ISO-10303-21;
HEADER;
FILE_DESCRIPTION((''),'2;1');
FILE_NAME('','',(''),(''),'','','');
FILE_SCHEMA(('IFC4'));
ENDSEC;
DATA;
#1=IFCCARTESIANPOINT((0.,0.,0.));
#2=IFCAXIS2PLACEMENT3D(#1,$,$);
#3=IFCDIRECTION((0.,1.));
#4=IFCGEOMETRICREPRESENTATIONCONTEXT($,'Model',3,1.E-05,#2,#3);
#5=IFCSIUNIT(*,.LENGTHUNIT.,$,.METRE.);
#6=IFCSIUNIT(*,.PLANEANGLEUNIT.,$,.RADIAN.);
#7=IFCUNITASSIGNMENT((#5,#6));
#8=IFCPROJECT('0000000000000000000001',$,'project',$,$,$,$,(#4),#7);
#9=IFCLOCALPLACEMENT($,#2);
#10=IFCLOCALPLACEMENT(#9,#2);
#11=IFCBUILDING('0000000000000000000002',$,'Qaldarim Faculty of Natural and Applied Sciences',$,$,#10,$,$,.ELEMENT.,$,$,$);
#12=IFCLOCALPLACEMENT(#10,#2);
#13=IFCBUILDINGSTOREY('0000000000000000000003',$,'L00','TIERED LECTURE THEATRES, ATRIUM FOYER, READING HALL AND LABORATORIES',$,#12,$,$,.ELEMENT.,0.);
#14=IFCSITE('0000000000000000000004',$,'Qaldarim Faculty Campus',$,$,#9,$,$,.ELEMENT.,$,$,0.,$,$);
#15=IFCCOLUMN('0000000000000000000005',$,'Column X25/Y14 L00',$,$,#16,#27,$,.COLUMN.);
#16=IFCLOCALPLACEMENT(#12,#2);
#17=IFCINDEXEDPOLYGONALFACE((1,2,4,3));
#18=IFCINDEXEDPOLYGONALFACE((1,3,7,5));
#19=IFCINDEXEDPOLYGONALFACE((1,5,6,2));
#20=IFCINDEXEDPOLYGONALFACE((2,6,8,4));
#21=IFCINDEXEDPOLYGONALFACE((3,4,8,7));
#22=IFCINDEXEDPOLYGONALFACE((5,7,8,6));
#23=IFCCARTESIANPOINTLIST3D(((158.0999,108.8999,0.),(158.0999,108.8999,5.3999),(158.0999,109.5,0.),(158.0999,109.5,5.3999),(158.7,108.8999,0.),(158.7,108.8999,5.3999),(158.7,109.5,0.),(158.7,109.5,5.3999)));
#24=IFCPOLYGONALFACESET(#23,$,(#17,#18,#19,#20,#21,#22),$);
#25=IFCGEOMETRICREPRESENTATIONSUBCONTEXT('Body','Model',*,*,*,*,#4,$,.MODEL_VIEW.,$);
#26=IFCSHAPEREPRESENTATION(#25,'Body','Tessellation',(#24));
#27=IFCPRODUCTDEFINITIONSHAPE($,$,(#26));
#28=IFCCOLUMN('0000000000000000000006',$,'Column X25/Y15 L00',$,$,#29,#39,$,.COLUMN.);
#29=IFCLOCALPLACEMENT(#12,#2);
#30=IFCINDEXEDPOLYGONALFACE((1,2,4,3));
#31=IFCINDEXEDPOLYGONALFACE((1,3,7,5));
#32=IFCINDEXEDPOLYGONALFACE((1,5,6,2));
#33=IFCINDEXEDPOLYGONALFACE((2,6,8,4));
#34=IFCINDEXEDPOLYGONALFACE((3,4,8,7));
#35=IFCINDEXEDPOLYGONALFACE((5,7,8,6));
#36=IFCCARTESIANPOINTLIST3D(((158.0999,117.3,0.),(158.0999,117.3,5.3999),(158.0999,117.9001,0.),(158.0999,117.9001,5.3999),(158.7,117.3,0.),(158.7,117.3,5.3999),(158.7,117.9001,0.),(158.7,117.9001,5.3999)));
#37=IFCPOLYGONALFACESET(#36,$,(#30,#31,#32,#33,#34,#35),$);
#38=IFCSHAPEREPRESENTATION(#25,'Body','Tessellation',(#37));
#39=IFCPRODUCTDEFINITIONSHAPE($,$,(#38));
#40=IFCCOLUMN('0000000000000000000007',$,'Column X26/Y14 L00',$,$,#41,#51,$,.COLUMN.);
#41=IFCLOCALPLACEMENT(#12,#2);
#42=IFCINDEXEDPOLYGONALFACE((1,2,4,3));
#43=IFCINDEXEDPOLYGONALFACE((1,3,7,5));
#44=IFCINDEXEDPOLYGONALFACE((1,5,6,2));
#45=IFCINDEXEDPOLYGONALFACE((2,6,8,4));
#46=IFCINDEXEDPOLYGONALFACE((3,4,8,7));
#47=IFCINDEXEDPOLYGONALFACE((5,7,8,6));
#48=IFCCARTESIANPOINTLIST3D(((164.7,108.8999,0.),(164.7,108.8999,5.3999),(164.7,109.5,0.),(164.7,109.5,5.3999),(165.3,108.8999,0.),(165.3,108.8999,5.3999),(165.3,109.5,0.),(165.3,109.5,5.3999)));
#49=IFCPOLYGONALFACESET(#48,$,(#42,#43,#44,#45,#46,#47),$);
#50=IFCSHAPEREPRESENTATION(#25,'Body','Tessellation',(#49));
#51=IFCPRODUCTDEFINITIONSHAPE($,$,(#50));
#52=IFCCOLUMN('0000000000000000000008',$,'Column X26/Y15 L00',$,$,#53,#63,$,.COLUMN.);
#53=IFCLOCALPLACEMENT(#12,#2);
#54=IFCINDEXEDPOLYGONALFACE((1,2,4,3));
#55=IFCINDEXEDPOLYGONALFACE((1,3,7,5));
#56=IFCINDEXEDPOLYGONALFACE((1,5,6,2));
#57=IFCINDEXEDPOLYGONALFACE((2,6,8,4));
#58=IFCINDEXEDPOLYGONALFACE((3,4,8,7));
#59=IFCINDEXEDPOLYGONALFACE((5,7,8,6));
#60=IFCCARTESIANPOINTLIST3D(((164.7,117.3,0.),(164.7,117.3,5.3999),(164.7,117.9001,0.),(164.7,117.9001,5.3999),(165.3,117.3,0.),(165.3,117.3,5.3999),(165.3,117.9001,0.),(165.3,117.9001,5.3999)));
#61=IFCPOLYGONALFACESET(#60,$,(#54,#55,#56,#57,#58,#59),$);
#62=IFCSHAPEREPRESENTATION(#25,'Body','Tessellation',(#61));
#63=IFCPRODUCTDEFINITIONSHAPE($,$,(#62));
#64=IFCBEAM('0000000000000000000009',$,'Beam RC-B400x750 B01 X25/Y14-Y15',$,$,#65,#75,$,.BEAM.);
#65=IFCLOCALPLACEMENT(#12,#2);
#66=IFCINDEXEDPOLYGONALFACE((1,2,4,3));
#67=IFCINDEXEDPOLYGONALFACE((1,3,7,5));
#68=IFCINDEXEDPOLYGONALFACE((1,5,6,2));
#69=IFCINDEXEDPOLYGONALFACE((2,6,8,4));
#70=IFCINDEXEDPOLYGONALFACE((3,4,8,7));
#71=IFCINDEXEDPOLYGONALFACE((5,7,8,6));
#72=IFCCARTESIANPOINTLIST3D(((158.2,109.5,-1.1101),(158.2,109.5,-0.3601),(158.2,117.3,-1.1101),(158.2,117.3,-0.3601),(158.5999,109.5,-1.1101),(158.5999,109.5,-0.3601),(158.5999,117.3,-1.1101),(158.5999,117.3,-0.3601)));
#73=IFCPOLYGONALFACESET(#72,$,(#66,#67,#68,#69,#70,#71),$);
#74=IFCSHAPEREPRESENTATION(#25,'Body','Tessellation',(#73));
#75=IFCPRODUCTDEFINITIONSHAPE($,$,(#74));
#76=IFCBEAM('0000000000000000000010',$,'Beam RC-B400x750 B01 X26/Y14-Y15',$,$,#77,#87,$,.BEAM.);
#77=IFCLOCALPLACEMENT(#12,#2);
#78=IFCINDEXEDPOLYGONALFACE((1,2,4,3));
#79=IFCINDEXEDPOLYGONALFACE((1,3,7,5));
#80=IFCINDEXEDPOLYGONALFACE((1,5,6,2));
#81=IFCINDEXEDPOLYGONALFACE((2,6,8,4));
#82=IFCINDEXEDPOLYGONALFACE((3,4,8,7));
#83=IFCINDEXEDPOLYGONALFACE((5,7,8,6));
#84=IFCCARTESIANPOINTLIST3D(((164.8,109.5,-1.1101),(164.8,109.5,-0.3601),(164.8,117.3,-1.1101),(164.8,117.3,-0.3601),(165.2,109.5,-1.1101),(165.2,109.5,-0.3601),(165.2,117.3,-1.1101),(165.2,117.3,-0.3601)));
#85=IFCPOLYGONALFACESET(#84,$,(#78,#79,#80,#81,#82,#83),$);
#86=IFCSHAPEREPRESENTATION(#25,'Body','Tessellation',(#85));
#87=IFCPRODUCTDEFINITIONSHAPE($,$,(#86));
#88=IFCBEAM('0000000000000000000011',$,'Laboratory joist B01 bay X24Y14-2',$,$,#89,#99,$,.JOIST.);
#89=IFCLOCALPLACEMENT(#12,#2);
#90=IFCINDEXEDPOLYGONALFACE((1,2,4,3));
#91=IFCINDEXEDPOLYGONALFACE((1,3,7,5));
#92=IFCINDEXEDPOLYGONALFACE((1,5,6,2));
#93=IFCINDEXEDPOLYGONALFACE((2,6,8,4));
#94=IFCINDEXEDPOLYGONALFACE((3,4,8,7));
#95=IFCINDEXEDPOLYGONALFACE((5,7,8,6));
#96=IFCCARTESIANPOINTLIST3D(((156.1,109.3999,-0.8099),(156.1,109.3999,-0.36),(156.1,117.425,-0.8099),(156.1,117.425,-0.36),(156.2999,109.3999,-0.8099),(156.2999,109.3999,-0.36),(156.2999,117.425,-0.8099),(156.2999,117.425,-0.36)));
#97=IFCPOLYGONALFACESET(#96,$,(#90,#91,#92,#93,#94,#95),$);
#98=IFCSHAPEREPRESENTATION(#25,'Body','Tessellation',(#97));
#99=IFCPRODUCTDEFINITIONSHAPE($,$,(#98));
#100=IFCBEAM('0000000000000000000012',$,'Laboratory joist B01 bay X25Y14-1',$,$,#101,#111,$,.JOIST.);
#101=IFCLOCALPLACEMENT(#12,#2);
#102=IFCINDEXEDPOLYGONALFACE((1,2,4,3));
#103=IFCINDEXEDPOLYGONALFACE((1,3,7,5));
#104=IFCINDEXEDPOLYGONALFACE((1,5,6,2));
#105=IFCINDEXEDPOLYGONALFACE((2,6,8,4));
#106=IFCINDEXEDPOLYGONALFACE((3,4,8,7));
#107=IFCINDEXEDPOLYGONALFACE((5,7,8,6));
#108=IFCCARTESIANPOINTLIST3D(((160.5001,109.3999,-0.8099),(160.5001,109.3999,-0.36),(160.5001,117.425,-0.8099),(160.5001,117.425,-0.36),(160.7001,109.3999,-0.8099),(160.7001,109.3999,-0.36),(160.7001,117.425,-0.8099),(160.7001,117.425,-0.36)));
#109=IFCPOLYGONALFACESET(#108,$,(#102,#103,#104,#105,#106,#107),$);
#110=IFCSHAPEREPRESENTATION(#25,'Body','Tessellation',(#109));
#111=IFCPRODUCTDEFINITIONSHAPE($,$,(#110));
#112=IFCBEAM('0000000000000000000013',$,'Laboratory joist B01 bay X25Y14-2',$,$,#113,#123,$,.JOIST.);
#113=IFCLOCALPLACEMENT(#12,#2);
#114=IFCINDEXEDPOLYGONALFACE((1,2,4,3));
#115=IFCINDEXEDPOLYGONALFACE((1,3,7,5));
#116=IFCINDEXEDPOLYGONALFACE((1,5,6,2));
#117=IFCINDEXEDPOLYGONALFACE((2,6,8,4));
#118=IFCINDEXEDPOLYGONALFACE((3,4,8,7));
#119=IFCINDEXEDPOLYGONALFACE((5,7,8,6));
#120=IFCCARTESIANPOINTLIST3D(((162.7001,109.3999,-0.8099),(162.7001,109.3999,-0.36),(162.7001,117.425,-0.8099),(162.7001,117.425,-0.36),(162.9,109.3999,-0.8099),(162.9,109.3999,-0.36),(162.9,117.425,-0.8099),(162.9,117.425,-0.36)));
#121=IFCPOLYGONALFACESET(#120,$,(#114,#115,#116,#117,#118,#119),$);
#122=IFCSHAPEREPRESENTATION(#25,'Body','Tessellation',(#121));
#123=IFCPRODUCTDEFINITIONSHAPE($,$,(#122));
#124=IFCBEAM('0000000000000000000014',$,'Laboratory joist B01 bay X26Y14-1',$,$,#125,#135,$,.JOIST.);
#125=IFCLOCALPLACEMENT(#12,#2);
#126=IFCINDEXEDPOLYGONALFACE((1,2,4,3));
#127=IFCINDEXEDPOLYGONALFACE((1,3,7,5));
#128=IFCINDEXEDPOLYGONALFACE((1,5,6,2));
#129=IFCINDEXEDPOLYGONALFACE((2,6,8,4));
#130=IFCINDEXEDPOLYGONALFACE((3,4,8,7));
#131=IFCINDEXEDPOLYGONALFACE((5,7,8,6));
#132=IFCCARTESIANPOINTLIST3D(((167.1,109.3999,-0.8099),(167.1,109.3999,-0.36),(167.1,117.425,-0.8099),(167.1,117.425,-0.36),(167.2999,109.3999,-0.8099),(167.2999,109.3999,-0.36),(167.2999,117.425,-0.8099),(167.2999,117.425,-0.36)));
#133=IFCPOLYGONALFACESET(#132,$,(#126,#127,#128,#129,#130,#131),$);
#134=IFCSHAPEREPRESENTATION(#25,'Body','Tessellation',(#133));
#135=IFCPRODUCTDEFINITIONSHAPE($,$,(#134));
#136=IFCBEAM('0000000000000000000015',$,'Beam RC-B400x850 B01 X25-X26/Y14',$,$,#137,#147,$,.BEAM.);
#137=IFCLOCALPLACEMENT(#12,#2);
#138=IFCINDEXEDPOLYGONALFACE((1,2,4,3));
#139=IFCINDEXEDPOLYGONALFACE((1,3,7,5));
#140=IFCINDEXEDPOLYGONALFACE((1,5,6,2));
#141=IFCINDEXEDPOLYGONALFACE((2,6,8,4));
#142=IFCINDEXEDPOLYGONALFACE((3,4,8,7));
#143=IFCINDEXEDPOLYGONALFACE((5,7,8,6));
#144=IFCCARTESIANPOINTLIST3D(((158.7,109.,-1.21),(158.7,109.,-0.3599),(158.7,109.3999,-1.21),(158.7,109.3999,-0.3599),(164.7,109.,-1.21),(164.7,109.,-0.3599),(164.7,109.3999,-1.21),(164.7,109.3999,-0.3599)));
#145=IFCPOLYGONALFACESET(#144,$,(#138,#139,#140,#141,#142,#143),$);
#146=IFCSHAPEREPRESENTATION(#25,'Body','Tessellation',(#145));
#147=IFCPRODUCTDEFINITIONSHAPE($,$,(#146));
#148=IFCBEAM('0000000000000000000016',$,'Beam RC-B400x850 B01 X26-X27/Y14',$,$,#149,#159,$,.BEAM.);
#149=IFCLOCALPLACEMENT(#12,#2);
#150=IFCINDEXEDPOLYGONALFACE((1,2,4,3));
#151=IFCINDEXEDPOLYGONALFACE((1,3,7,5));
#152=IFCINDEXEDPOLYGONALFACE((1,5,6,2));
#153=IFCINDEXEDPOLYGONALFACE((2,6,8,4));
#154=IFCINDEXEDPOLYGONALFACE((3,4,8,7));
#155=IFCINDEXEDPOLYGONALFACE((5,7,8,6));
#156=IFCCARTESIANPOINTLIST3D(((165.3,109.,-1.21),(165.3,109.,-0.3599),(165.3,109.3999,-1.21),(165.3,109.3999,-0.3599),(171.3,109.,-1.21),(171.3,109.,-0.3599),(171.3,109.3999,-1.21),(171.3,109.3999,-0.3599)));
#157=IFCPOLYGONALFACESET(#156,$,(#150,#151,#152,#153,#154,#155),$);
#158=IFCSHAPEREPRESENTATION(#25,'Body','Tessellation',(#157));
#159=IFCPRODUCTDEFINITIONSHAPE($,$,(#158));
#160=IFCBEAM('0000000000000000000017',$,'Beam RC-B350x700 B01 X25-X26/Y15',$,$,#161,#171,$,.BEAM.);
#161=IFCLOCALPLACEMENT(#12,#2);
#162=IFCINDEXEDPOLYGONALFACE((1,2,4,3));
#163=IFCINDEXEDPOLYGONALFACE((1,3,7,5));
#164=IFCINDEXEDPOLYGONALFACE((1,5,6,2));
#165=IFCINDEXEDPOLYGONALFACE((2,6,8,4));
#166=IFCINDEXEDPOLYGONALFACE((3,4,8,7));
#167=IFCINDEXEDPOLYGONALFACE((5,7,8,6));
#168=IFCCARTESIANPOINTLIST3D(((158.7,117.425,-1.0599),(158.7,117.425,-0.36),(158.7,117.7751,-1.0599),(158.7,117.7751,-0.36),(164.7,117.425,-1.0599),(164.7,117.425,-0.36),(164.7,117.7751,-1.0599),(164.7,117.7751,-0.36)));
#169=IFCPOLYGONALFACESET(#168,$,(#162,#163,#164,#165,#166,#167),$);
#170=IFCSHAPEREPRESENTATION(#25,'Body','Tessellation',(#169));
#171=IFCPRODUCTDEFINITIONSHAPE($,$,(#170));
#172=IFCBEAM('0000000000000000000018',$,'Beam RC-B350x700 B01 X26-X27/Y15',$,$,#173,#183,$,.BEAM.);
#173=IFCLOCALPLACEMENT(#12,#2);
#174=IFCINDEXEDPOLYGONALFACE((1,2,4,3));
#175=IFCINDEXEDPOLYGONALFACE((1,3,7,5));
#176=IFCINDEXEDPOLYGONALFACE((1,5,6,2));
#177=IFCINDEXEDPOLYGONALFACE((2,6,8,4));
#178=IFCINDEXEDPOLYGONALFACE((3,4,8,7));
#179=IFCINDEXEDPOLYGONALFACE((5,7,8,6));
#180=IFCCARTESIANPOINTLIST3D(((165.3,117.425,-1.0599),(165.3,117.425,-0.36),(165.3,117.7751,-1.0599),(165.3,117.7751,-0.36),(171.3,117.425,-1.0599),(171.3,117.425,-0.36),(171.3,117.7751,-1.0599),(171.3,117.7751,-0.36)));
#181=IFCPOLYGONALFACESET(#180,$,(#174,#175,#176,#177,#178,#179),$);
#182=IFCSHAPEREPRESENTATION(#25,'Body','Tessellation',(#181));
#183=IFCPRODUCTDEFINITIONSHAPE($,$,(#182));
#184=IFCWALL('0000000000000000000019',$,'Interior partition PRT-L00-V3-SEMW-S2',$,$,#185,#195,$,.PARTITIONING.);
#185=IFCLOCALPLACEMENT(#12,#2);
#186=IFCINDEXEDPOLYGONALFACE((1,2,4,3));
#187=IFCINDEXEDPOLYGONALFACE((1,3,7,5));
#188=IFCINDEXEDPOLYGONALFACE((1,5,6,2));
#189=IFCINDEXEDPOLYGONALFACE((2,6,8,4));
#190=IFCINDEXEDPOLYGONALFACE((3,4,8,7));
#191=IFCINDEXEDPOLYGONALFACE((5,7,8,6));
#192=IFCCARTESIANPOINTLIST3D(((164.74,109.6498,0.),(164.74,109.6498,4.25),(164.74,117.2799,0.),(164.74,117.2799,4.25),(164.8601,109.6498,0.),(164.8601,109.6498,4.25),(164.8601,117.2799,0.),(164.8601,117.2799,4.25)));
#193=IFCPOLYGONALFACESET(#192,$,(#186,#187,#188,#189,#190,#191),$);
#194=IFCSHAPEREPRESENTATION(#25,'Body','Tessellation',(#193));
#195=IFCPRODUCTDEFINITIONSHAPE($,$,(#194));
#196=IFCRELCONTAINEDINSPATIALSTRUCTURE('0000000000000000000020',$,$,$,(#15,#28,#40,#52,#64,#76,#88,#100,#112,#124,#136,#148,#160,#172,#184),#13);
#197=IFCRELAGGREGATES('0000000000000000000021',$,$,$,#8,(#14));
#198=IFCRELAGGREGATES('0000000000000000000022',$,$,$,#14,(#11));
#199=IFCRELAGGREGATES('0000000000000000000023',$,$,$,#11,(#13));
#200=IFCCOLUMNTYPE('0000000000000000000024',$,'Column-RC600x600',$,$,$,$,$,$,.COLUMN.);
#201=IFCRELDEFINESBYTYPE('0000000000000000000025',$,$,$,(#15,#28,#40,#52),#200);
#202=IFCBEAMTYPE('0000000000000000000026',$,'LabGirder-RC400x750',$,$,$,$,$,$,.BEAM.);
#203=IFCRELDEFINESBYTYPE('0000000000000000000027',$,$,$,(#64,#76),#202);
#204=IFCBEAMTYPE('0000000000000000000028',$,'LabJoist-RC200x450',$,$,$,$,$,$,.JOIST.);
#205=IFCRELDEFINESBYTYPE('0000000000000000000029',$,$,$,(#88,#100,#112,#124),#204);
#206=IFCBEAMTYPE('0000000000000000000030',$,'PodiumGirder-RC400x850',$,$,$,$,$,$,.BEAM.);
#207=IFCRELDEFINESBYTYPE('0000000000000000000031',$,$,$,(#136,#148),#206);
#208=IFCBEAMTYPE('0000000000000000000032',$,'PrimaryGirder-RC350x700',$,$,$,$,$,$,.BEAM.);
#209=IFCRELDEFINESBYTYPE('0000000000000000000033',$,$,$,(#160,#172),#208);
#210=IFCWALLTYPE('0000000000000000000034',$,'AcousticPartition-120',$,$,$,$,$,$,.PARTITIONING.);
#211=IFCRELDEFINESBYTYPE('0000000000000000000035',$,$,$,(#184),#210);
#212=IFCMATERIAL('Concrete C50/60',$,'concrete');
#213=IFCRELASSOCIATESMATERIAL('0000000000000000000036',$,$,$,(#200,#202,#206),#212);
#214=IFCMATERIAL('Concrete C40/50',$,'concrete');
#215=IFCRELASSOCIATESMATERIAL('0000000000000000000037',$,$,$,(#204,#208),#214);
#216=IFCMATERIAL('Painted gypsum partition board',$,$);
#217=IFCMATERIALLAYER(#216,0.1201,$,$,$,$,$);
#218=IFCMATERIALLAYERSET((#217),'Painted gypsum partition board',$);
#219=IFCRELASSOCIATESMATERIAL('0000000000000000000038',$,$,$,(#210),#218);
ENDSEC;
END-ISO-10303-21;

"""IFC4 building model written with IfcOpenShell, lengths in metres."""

from ifc_helpers import new_model, si_unit, direction, frame, frame_2d, origin, origin_2d, place, context, subcontext, project, spatial, rectangle, extrude, material, layer, layer_set, material_profile, profile_set, type_object, element, save


model = new_model("IFC4")

# Units and contexts
model_context = context("Model", 3, precision=1e-05, world=origin(), true_north=direction((0.0, 1.0)))
body_context = subcontext(model_context, "Body", "Model", "MODEL_VIEW")
ifc_project = project(units=[si_unit("LENGTHUNIT", "METRE"), si_unit("PLANEANGLEUNIT", "RADIAN")], contexts=[model_context])

# Site, building, storey
site_placement = place(None, origin())
site = spatial("IfcSite", under=ifc_project, at=site_placement, Name="Qaldarim Faculty Campus", CompositionType="ELEMENT", RefElevation=0.0)
building_placement = place(site_placement, origin())
building = spatial("IfcBuilding", under=site, at=building_placement, Name="Qaldarim Faculty of Natural and Applied Sciences", CompositionType="ELEMENT")
storey_placement = place(building_placement, origin())
storey = spatial("IfcBuildingStorey", under=building, at=storey_placement, Name="L00", Description="TIERED LECTURE THEATRES, ATRIUM FOYER, READING HALL AND LABORATORIES", CompositionType="ELEMENT", Elevation=0.0)

# Columns
ifc_material_1 = material(Name="Concrete C50/60", Category="concrete")
ifc_material_profile_1 = material_profile(ifc_material_1, rectangle(XDim=0.6001, YDim=0.6001, at=origin_2d()), Name="RC-C600x600")
ifc_profile_set_1 = profile_set([ifc_material_profile_1], Name="Concrete C50/60")
column_type = type_object("IfcColumnType", Name="Column-RC600x600", PredefinedType="COLUMN", material=ifc_profile_set_1)
for number, where, z_axis, x_axis, name in (
    (1, (158.3999, 109.2, 0.0), (0.0, 0.0, 1.0), (1.0, 0.0, 0.0), "Column X25/Y14 L00"),
    (2, (158.3999, 117.6001, 0.0), (0.0, 0.0, 1.0), (1.0, 0.0, 0.0), "Column X25/Y15 L00"),
    (3, (165.0, 109.2, 0.0), (0.0, 0.0, 1.0), (1.0, 0.0, 0.0), "Column X26/Y14 L00"),
    (4, (165.0, 117.6001, 0.0), (0.0, 0.0, 1.0), (1.0, 0.0, 0.0), "Column X26/Y15 L00"),
):
    element("IfcColumn", number, at=place(storey_placement, frame(where, z_axis=z_axis, x_axis=x_axis)), inside=storey, type_object=column_type, Name=name, PredefinedType="COLUMN", context=body_context, shape_type="SweptSolid", body=[
        extrude(rectangle(XDim=0.6001, YDim=0.6001, at=origin_2d()), origin(), (0.0, 0.0, 1.0), 5.3999),
    ])

# Beams
ifc_material_profile_2 = material_profile(ifc_material_1, rectangle(XDim=0.3999, YDim=0.75, at=origin_2d()), Name="RC-B400x750")
ifc_profile_set_2 = profile_set([ifc_material_profile_2], Name="Concrete C50/60")
beam_type_1 = type_object("IfcBeamType", Name="LabGirder-RC400x750", PredefinedType="BEAM", material=ifc_profile_set_2)
for number, where, z_axis, x_axis, name in (
    (5, (158.3999, 109.5, -0.7351), (0.0, 1.0, 0.0), (-1.0, 0.0, 0.0), "Beam RC-B400x750 B01 X25/Y14-Y15"),
    (6, (165.0, 109.5, -0.7351), (0.0, 1.0, 0.0), (-1.0, 0.0, 0.0), "Beam RC-B400x750 B01 X26/Y14-Y15"),
):
    element("IfcBeam", number, at=place(storey_placement, frame(where, z_axis=z_axis, x_axis=x_axis)), inside=storey, type_object=beam_type_1, Name=name, PredefinedType="BEAM", context=body_context, shape_type="SweptSolid", body=[
        extrude(rectangle(XDim=0.3999, YDim=0.75, at=origin_2d()), origin(), (0.0, 0.0, 1.0), 7.8),
    ])
ifc_material_2 = material(Name="Concrete C40/50", Category="concrete")
ifc_material_profile_3 = material_profile(ifc_material_2, rectangle(XDim=0.2, YDim=0.45, at=origin_2d()), Name="RC-J200x450")
ifc_profile_set_3 = profile_set([ifc_material_profile_3], Name="Concrete C40/50")
beam_type_2 = type_object("IfcBeamType", Name="LabJoist-RC200x450", PredefinedType="JOIST", material=ifc_profile_set_3)
for number, where, z_axis, x_axis, name in (
    (7, (156.2, 109.3999, -0.585), (0.0, 1.0, 0.0), (-1.0, 0.0, 0.0), "Laboratory joist B01 bay X24Y14-2"),
    (8, (160.6001, 109.3999, -0.585), (0.0, 1.0, 0.0), (-1.0, 0.0, 0.0), "Laboratory joist B01 bay X25Y14-1"),
    (9, (162.8, 109.3999, -0.585), (0.0, 1.0, 0.0), (-1.0, 0.0, 0.0), "Laboratory joist B01 bay X25Y14-2"),
    (10, (167.2, 109.3999, -0.585), (0.0, 1.0, 0.0), (-1.0, 0.0, 0.0), "Laboratory joist B01 bay X26Y14-1"),
):
    element("IfcBeam", number, at=place(storey_placement, frame(where, z_axis=z_axis, x_axis=x_axis)), inside=storey, type_object=beam_type_2, Name=name, PredefinedType="JOIST", context=body_context, shape_type="SweptSolid", body=[
        extrude(rectangle(XDim=0.2, YDim=0.45, at=origin_2d()), origin(), (0.0, 0.0, 1.0), 8.0251),
    ])
ifc_material_profile_4 = material_profile(ifc_material_1, rectangle(XDim=0.3999, YDim=0.8501, at=origin_2d()), Name="RC-B400x850")
ifc_profile_set_4 = profile_set([ifc_material_profile_4], Name="Concrete C50/60")
beam_type_3 = type_object("IfcBeamType", Name="PodiumGirder-RC400x850", PredefinedType="BEAM", material=ifc_profile_set_4)
for number, where, z_axis, x_axis, name in (
    (11, (158.7, 109.2, -0.7849), (1.0, 0.0, 0.0), (0.0, 1.0, 0.0), "Beam RC-B400x850 B01 X25-X26/Y14"),
    (12, (165.3, 109.2, -0.7849), (1.0, 0.0, 0.0), (0.0, 1.0, 0.0), "Beam RC-B400x850 B01 X26-X27/Y14"),
):
    element("IfcBeam", number, at=place(storey_placement, frame(where, z_axis=z_axis, x_axis=x_axis)), inside=storey, type_object=beam_type_3, Name=name, PredefinedType="BEAM", context=body_context, shape_type="SweptSolid", body=[
        extrude(rectangle(XDim=0.3999, YDim=0.8501, at=origin_2d()), origin(), (0.0, 0.0, 1.0), 6.0),
    ])
ifc_material_profile_5 = material_profile(ifc_material_2, rectangle(XDim=0.3501, YDim=0.7, at=origin_2d()), Name="RC-B350x700")
ifc_profile_set_5 = profile_set([ifc_material_profile_5], Name="Concrete C40/50")
beam_type_4 = type_object("IfcBeamType", Name="PrimaryGirder-RC350x700", PredefinedType="BEAM", material=ifc_profile_set_5)
for number, where, z_axis, x_axis, name in (
    (13, (158.7, 117.6001, -0.71), (1.0, 0.0, 0.0), (0.0, 1.0, 0.0), "Beam RC-B350x700 B01 X25-X26/Y15"),
    (14, (165.3, 117.6001, -0.71), (1.0, 0.0, 0.0), (0.0, 1.0, 0.0), "Beam RC-B350x700 B01 X26-X27/Y15"),
):
    element("IfcBeam", number, at=place(storey_placement, frame(where, z_axis=z_axis, x_axis=x_axis)), inside=storey, type_object=beam_type_4, Name=name, PredefinedType="BEAM", context=body_context, shape_type="SweptSolid", body=[
        extrude(rectangle(XDim=0.3501, YDim=0.7, at=origin_2d()), origin(), (0.0, 0.0, 1.0), 6.0),
    ])

# Wall
ifc_material_3 = material(Name="Painted gypsum partition board")
ifc_layer_1 = layer(ifc_material_3, 0.1201)
ifc_layer_set_1 = layer_set([ifc_layer_1], Name="Painted gypsum partition board")
wall_type_1 = type_object("IfcWallType", Name="AcousticPartition-120", PredefinedType="PARTITIONING", material=ifc_layer_set_1)
wall_1_placement = place(storey_placement, frame((164.8, 109.6499, 0.0), z_axis=(0.0, 0.0, 1.0), x_axis=(0.0, 1.0, 0.0)))
element("IfcWall", 15, at=wall_1_placement, inside=storey, type_object=wall_type_1, Name="Interior partition PRT-L00-V3-SEMW-S2", PredefinedType="PARTITIONING", context=body_context, shape_type="SweptSolid", body=[
    extrude(rectangle(XDim=7.6301, YDim=0.1201, at=frame_2d((3.8149, 0.0))), origin(), (0.0, 0.0, 1.0), 4.25),
])

save(model, "model.ifc")
